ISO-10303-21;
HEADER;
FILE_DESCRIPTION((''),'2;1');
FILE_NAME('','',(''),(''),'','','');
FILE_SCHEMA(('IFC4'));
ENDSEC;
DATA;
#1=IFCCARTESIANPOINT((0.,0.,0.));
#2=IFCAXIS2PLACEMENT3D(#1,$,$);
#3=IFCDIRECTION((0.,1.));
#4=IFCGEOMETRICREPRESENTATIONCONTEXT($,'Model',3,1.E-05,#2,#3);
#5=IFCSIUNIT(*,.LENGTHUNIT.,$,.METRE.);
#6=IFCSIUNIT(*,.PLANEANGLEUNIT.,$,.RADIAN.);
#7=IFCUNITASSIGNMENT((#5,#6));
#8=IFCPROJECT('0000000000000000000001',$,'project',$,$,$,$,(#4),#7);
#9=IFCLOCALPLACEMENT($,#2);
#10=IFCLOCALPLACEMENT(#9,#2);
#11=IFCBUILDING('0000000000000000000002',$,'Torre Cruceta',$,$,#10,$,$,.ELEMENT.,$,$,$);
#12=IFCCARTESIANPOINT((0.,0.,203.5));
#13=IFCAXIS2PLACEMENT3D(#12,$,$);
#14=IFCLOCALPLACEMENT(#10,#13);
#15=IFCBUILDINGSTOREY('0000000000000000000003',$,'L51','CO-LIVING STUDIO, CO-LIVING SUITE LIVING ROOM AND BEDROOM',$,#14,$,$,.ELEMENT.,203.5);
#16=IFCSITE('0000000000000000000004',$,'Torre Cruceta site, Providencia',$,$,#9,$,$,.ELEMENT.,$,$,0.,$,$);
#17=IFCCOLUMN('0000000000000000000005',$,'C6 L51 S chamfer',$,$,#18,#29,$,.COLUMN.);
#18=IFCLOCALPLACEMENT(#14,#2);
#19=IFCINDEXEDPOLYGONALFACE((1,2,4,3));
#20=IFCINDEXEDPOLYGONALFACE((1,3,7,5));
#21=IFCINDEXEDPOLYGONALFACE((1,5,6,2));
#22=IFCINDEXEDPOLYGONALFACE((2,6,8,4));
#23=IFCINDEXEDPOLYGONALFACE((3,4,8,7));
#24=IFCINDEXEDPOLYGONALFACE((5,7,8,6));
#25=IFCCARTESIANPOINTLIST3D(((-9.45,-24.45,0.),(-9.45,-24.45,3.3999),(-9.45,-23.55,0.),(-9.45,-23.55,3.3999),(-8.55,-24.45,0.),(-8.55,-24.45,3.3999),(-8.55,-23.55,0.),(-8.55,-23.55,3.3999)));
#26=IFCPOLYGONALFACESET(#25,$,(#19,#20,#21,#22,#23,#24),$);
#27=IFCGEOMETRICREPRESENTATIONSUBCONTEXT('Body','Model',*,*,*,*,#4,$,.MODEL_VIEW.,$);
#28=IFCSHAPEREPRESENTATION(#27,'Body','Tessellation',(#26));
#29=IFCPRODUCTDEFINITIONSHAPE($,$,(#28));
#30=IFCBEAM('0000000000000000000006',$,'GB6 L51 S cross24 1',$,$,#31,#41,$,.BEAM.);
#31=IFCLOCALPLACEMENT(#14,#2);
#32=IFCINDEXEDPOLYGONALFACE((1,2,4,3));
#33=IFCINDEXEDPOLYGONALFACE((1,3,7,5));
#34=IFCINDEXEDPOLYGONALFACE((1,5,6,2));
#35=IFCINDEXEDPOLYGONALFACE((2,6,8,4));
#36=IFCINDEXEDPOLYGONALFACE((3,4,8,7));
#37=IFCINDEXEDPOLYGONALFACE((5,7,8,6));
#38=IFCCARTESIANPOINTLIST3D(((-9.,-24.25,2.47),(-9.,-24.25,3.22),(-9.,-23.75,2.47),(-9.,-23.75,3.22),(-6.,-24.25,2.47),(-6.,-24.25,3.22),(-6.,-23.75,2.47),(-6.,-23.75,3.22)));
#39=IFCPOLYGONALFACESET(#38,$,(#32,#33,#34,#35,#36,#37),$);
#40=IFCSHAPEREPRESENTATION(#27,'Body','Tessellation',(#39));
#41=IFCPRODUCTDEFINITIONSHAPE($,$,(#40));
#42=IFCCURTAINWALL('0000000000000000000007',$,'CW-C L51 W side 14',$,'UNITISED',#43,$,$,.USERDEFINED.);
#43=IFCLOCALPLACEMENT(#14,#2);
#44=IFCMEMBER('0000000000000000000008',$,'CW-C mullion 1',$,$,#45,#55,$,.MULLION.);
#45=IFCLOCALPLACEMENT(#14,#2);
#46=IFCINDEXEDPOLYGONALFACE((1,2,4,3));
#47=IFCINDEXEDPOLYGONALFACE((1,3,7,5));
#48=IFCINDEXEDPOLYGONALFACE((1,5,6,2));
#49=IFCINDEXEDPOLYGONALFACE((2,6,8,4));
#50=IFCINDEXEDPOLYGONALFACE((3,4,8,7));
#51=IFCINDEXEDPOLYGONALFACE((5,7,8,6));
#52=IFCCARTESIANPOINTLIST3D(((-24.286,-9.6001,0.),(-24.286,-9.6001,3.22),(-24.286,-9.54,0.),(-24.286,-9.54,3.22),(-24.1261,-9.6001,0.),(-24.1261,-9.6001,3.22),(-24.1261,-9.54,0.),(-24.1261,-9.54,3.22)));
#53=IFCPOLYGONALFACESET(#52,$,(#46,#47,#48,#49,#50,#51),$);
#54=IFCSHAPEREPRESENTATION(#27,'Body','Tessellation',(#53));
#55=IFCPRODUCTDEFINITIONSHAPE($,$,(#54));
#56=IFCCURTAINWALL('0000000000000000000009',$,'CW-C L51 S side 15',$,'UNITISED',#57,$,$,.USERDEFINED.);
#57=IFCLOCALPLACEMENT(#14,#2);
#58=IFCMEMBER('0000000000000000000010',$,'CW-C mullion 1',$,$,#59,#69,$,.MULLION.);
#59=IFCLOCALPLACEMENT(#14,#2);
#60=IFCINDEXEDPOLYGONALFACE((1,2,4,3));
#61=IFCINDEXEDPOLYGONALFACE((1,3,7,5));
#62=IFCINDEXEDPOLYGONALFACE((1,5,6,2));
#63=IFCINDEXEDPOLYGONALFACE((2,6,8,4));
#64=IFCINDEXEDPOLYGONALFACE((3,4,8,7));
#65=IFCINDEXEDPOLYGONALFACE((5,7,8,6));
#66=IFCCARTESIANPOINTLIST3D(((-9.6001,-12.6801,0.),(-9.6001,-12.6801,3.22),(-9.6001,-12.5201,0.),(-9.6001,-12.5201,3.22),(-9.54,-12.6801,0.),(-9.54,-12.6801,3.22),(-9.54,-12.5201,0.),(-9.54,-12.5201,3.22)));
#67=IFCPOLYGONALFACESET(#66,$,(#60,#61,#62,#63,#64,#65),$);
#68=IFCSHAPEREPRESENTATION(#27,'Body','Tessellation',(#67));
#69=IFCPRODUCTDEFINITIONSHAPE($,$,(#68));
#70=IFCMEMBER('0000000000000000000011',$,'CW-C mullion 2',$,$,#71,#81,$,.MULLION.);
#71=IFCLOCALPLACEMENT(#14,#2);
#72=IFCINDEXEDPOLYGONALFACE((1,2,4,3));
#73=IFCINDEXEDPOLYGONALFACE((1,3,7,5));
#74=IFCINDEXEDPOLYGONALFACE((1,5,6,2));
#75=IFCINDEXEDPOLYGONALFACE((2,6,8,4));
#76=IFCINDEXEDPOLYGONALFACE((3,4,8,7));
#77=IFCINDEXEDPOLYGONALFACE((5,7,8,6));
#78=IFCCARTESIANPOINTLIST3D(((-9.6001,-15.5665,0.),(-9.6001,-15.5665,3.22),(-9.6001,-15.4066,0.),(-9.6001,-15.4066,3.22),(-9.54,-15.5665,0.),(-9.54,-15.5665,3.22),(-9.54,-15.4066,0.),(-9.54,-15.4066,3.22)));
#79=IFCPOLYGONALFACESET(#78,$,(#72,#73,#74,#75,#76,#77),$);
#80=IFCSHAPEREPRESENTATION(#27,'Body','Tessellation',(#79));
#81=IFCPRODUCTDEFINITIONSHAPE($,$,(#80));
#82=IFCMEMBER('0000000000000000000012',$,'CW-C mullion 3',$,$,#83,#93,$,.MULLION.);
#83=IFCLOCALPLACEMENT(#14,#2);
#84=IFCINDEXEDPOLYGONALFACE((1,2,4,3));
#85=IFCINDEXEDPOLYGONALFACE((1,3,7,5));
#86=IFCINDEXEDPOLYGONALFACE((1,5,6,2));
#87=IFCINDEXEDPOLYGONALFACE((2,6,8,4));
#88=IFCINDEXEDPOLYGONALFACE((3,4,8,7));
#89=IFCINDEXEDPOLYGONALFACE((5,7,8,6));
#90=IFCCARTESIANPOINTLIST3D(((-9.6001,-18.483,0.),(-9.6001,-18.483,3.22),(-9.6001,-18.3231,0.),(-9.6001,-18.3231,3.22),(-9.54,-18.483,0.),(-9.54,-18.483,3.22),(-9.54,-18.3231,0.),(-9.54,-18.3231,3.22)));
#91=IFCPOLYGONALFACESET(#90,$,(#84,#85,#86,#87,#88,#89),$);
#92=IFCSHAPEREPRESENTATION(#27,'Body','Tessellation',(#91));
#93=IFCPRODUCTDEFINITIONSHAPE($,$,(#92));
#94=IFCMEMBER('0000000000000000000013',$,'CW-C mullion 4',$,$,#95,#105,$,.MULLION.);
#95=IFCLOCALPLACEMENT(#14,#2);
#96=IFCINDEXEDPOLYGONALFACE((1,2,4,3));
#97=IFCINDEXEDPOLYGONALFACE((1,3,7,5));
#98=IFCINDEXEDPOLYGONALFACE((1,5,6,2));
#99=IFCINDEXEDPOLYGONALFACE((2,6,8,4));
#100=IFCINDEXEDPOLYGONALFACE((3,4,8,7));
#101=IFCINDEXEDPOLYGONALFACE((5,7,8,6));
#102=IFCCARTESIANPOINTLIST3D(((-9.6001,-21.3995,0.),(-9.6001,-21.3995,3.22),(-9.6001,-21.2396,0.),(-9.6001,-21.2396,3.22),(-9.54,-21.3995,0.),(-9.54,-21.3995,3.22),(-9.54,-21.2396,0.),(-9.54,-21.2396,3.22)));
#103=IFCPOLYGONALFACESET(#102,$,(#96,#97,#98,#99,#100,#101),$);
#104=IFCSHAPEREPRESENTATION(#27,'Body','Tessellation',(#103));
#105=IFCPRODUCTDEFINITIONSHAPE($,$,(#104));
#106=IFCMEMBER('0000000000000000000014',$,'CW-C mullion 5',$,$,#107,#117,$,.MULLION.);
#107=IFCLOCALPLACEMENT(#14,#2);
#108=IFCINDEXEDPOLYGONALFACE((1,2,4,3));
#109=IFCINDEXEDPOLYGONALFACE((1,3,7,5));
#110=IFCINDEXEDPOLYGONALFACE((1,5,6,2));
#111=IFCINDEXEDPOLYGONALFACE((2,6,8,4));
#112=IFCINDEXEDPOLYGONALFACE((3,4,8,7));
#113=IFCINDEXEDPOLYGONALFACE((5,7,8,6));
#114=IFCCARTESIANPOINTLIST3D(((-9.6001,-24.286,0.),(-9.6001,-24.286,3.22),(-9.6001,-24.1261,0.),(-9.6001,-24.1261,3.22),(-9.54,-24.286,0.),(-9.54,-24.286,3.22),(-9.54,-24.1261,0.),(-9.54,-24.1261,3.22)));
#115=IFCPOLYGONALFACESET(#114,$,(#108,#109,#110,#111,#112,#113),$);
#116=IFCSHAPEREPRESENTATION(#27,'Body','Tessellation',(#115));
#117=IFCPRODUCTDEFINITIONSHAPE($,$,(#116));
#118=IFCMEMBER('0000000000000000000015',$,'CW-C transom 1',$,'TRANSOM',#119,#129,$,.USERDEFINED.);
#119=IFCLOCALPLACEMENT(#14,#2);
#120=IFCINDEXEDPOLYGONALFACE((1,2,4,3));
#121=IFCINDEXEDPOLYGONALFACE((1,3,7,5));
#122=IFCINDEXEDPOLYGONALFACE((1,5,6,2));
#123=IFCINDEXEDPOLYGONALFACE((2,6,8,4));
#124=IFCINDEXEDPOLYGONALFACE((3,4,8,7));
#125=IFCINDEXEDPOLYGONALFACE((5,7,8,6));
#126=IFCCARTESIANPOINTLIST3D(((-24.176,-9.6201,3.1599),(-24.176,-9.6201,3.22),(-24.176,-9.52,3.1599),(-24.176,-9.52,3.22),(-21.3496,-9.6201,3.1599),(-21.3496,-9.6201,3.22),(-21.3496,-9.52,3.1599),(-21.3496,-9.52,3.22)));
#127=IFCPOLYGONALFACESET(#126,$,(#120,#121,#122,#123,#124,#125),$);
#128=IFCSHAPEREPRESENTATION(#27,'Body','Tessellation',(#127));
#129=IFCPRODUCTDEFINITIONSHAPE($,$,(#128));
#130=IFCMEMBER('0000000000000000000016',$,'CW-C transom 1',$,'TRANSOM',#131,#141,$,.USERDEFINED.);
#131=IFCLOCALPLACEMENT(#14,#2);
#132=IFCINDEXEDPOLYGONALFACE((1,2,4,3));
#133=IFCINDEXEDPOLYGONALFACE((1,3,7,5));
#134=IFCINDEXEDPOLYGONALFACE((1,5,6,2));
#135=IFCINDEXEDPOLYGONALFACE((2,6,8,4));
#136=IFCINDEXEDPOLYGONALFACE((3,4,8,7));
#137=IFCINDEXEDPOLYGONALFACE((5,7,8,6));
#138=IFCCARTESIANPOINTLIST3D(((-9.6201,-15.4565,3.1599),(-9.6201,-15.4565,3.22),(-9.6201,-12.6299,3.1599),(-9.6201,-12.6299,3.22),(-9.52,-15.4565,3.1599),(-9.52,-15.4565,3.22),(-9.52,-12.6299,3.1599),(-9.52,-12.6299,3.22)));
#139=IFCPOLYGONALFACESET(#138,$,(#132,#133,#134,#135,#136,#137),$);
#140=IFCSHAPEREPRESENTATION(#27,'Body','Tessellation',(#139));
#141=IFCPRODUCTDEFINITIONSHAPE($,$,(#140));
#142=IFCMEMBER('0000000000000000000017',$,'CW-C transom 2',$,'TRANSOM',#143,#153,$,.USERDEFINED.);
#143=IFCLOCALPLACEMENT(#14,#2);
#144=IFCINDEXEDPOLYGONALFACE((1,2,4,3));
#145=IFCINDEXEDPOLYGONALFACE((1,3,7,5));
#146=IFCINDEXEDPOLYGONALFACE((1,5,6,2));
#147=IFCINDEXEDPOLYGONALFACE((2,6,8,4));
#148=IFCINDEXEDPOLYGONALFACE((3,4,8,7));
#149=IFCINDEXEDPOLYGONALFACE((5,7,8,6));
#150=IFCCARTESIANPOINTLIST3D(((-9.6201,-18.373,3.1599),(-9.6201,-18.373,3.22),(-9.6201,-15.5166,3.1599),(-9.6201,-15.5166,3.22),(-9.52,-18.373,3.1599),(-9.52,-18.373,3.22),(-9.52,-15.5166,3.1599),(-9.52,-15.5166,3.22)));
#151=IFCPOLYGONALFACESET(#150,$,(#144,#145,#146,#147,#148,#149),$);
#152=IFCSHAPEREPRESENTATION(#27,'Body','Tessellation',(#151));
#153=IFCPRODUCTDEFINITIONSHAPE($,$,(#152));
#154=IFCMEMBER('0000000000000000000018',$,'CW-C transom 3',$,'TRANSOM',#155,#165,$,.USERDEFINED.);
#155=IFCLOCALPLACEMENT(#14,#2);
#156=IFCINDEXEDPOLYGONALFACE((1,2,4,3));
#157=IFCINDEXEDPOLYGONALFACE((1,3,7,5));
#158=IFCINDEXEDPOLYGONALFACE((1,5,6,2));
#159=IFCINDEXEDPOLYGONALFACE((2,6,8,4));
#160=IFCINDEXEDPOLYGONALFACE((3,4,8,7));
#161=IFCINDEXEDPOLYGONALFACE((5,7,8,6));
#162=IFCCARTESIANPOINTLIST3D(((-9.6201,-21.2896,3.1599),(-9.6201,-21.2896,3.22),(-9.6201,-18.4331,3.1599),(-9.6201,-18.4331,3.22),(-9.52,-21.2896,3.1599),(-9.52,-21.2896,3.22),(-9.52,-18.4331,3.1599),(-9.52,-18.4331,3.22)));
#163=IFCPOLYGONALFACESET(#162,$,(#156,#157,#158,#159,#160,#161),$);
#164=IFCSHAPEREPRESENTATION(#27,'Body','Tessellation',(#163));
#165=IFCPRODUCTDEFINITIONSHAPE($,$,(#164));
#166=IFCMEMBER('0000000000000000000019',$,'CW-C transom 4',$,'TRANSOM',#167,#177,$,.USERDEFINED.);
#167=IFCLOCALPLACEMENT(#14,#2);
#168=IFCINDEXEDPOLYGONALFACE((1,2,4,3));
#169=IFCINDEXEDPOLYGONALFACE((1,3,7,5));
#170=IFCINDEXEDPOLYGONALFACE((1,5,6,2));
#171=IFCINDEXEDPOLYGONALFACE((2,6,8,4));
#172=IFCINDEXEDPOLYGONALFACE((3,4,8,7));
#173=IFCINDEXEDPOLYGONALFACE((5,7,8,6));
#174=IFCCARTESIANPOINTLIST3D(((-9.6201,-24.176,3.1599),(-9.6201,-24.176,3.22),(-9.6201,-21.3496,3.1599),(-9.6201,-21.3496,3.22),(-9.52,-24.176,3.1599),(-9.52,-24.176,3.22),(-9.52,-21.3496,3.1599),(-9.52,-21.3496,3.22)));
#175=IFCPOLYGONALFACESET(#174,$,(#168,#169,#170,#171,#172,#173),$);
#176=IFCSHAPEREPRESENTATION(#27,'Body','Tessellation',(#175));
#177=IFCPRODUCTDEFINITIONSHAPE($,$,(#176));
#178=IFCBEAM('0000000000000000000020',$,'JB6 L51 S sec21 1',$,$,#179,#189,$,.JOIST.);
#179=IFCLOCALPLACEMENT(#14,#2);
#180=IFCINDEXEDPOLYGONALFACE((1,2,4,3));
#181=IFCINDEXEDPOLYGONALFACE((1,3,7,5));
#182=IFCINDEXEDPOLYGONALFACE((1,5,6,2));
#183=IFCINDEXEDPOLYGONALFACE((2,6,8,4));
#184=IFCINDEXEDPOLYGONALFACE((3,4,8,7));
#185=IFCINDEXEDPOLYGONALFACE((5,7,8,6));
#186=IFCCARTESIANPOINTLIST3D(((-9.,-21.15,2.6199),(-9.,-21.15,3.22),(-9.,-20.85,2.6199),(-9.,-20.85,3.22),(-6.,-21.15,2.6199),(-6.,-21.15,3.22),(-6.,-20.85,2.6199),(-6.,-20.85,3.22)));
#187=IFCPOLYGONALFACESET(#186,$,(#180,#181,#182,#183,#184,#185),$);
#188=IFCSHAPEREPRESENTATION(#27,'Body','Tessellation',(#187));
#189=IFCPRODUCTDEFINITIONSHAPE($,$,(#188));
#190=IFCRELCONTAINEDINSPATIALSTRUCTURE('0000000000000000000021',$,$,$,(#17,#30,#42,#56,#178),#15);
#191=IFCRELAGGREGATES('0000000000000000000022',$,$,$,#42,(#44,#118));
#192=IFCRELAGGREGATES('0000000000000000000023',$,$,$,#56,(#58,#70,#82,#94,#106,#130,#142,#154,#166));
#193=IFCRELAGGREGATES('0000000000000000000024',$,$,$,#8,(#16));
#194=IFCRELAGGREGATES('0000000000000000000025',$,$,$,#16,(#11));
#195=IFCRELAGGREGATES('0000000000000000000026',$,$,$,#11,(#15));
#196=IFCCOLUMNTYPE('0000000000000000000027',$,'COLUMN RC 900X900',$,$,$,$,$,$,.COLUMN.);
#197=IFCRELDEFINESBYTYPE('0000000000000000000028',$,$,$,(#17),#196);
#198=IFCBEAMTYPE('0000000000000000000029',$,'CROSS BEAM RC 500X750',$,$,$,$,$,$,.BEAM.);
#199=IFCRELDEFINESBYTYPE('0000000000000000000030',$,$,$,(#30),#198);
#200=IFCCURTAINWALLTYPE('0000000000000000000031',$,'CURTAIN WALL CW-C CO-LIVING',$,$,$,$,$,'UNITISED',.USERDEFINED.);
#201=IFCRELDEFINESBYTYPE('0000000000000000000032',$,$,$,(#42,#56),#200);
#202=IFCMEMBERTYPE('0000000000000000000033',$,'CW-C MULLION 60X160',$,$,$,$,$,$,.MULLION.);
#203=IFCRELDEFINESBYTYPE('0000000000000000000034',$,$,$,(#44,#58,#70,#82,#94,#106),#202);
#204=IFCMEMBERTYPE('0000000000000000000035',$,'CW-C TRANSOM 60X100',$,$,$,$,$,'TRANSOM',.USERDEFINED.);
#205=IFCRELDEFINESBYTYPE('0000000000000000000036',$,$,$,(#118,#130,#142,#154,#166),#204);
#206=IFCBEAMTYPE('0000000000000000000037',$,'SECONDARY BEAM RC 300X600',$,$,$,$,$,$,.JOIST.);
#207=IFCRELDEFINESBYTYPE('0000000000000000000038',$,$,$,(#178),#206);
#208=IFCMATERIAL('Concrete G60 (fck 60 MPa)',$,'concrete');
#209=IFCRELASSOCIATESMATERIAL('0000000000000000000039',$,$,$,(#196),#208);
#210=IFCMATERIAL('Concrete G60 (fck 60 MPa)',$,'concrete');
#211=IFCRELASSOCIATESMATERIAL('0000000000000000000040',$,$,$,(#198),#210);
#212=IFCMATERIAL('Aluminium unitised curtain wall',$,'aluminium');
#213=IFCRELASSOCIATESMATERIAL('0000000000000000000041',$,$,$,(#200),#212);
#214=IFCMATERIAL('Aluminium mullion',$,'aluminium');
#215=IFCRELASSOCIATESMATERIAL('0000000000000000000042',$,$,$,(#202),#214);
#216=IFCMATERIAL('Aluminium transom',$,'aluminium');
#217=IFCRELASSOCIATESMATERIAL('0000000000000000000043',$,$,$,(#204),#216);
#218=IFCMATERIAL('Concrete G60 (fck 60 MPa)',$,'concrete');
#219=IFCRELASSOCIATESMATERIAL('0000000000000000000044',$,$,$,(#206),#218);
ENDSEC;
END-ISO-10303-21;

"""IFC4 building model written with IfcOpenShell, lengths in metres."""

from ifc_helpers import new_model, si_unit, direction, frame, origin, origin_2d, place, context, subcontext, project, spatial, rectangle, extrude, material, material_profile, profile_set, type_object, element, aggregate, save


model = new_model("IFC4")

# Units and contexts
model_context = context("Model", 3, precision=1e-05, world=origin(), true_north=direction((0.0, 1.0)))
body_context = subcontext(model_context, "Body", "Model", "MODEL_VIEW")
ifc_project = project(units=[si_unit("LENGTHUNIT", "METRE"), si_unit("PLANEANGLEUNIT", "RADIAN")], contexts=[model_context])

# Site, building, storey
site_placement = place(None, origin())
site = spatial("IfcSite", under=ifc_project, at=site_placement, Name="Torre Cruceta site, Providencia", CompositionType="ELEMENT", RefElevation=0.0)
building_placement = place(site_placement, origin())
building = spatial("IfcBuilding", under=site, at=building_placement, Name="Torre Cruceta", CompositionType="ELEMENT")
storey_placement = place(building_placement, frame((0.0, 0.0, 203.5)))
storey = spatial("IfcBuildingStorey", under=building, at=storey_placement, Name="L51", Description="CO-LIVING STUDIO, CO-LIVING SUITE LIVING ROOM AND BEDROOM", CompositionType="ELEMENT", Elevation=203.5)

# Column
ifc_material_1 = material(Name="Concrete G60 (fck 60 MPa)", Category="concrete")
ifc_material_profile_1 = material_profile(ifc_material_1, rectangle(XDim=0.8999, YDim=0.8999, at=origin_2d()), Name="RC 900X900")
ifc_profile_set_1 = profile_set([ifc_material_profile_1], Name="Concrete G60 (fck 60 MPa)")
column_type = type_object("IfcColumnType", Name="COLUMN RC 900X900", PredefinedType="COLUMN", material=ifc_profile_set_1)
column_placement = place(storey_placement, frame((-9.0, -24.0, 0.0), z_axis=(0.0, 0.0, 1.0), x_axis=(1.0, 0.0, 0.0)))
element("IfcColumn", 1, at=column_placement, inside=storey, type_object=column_type, Name="C6 L51 S chamfer", PredefinedType="COLUMN", context=body_context, shape_type="SweptSolid", body=[
    extrude(rectangle(XDim=0.8999, YDim=0.8999, at=origin_2d()), origin(), (0.0, 0.0, 1.0), 3.3999),
])

# Beam
ifc_material_2 = material(Name="Concrete G60 (fck 60 MPa)", Category="concrete")
ifc_material_profile_2 = material_profile(ifc_material_2, rectangle(XDim=0.5, YDim=0.75, at=origin_2d()), Name="RC 500X750")
ifc_profile_set_2 = profile_set([ifc_material_profile_2], Name="Concrete G60 (fck 60 MPa)")
beam_type_1 = type_object("IfcBeamType", Name="CROSS BEAM RC 500X750", PredefinedType="BEAM", material=ifc_profile_set_2)
beam_1_placement = place(storey_placement, frame((-9.0, -24.0, 2.845), z_axis=(1.0, 0.0, 0.0), x_axis=(0.0, 1.0, 0.0)))
element("IfcBeam", 2, at=beam_1_placement, inside=storey, type_object=beam_type_1, Name="GB6 L51 S cross24 1", PredefinedType="BEAM", context=body_context, shape_type="SweptSolid", body=[
    extrude(rectangle(XDim=0.5, YDim=0.75, at=origin_2d()), origin(), (0.0, 0.0, 1.0), 3.0),
])

# Curtain wall, member
ifc_material_3 = material(Name="Aluminium unitised curtain wall", Category="aluminium")
curtain_wall_type = type_object("IfcCurtainWallType", Name="CURTAIN WALL CW-C CO-LIVING", ElementType="UNITISED", PredefinedType="USERDEFINED", material=ifc_material_3)
curtain_wall_1_placement = place(storey_placement, origin())
curtain_wall_1 = element("IfcCurtainWall", 3, at=curtain_wall_1_placement, inside=storey, type_object=curtain_wall_type, Name="CW-C L51 W side 14", ObjectType="UNITISED", PredefinedType="USERDEFINED")
ifc_material_4 = material(Name="Aluminium mullion", Category="aluminium")
ifc_material_profile_3 = material_profile(ifc_material_4, rectangle(XDim=0.0601, YDim=0.1599, at=origin_2d()), Name="AL 60X160")
ifc_profile_set_3 = profile_set([ifc_material_profile_3], Name="Aluminium mullion")
member_type_1 = type_object("IfcMemberType", Name="CW-C MULLION 60X160", PredefinedType="MULLION", material=ifc_profile_set_3)
member_1_placement = place(storey_placement, frame((-24.2061, -9.5701, 0.0), z_axis=(0.0, 0.0, 1.0), x_axis=(0.0, 1.0, 0.0)))
member_1 = element("IfcMember", 4, at=member_1_placement, type_object=member_type_1, Name="CW-C mullion 1", PredefinedType="MULLION", context=body_context, shape_type="SweptSolid", body=[
    extrude(rectangle(XDim=0.0601, YDim=0.1599, at=origin_2d()), origin(), (0.0, 0.0, 1.0), 3.22),
])

# Curtain wall, members
curtain_wall_2_placement = place(storey_placement, origin())
curtain_wall_2 = element("IfcCurtainWall", 5, at=curtain_wall_2_placement, inside=storey, type_object=curtain_wall_type, Name="CW-C L51 S side 15", ObjectType="UNITISED", PredefinedType="USERDEFINED")
member_2_placement = place(storey_placement, frame((-9.5701, -12.6001, 0.0), z_axis=(0.0, 0.0, 1.0), x_axis=(1.0, 0.0, 0.0)))
member_2 = element("IfcMember", 6, at=member_2_placement, type_object=member_type_1, Name="CW-C mullion 1", PredefinedType="MULLION", context=body_context, shape_type="SweptSolid", body=[
    extrude(rectangle(XDim=0.0601, YDim=0.1599, at=origin_2d()), origin(), (0.0, 0.0, 1.0), 3.22),
])
member_3_placement = place(storey_placement, frame((-9.5701, -15.4866, 0.0), z_axis=(0.0, 0.0, 1.0), x_axis=(1.0, 0.0, 0.0)))
member_3 = element("IfcMember", 7, at=member_3_placement, type_object=member_type_1, Name="CW-C mullion 2", PredefinedType="MULLION", context=body_context, shape_type="SweptSolid", body=[
    extrude(rectangle(XDim=0.0601, YDim=0.1599, at=origin_2d()), origin(), (0.0, 0.0, 1.0), 3.22),
])
member_4_placement = place(storey_placement, frame((-9.5701, -18.4031, 0.0), z_axis=(0.0, 0.0, 1.0), x_axis=(1.0, 0.0, 0.0)))
member_4 = element("IfcMember", 8, at=member_4_placement, type_object=member_type_1, Name="CW-C mullion 3", PredefinedType="MULLION", context=body_context, shape_type="SweptSolid", body=[
    extrude(rectangle(XDim=0.0601, YDim=0.1599, at=origin_2d()), origin(), (0.0, 0.0, 1.0), 3.22),
])
member_5_placement = place(storey_placement, frame((-9.5701, -21.3196, 0.0), z_axis=(0.0, 0.0, 1.0), x_axis=(1.0, 0.0, 0.0)))
member_5 = element("IfcMember", 9, at=member_5_placement, type_object=member_type_1, Name="CW-C mullion 4", PredefinedType="MULLION", context=body_context, shape_type="SweptSolid", body=[
    extrude(rectangle(XDim=0.0601, YDim=0.1599, at=origin_2d()), origin(), (0.0, 0.0, 1.0), 3.22),
])
member_6_placement = place(storey_placement, frame((-9.5701, -24.2061, 0.0), z_axis=(0.0, 0.0, 1.0), x_axis=(1.0, 0.0, 0.0)))
member_6 = element("IfcMember", 10, at=member_6_placement, type_object=member_type_1, Name="CW-C mullion 5", PredefinedType="MULLION", context=body_context, shape_type="SweptSolid", body=[
    extrude(rectangle(XDim=0.0601, YDim=0.1599, at=origin_2d()), origin(), (0.0, 0.0, 1.0), 3.22),
])

# Members
ifc_material_5 = material(Name="Aluminium transom", Category="aluminium")
ifc_material_profile_4 = material_profile(ifc_material_5, rectangle(XDim=0.1001, YDim=0.0601, at=origin_2d()), Name="AL 100X60")
ifc_profile_set_4 = profile_set([ifc_material_profile_4], Name="Aluminium transom")
member_type_2 = type_object("IfcMemberType", Name="CW-C TRANSOM 60X100", ElementType="TRANSOM", PredefinedType="USERDEFINED", material=ifc_profile_set_4)
member_7_placement = place(storey_placement, frame((-24.176, -9.5701, 3.1899), z_axis=(1.0, 0.0, 0.0), x_axis=(0.0, 1.0, 0.0)))
member_7 = element("IfcMember", 11, at=member_7_placement, type_object=member_type_2, Name="CW-C transom 1", ObjectType="TRANSOM", PredefinedType="USERDEFINED", context=body_context, shape_type="SweptSolid", body=[
    extrude(rectangle(XDim=0.1001, YDim=0.0601, at=origin_2d()), origin(), (0.0, 0.0, 1.0), 2.8264),
])
aggregate(curtain_wall_1, [member_1, member_7])
member_8_placement = place(storey_placement, frame((-9.5701, -12.6299, 3.1899), z_axis=(0.0, -1.0, 0.0), x_axis=(1.0, 0.0, 0.0)))
member_8 = element("IfcMember", 12, at=member_8_placement, type_object=member_type_2, Name="CW-C transom 1", ObjectType="TRANSOM", PredefinedType="USERDEFINED", context=body_context, shape_type="SweptSolid", body=[
    extrude(rectangle(XDim=0.1001, YDim=0.0601, at=origin_2d()), origin(), (0.0, 0.0, 1.0), 2.8267),
])
member_9_placement = place(storey_placement, frame((-9.5701, -15.5166, 3.1899), z_axis=(0.0, -1.0, 0.0), x_axis=(1.0, 0.0, 0.0)))
member_9 = element("IfcMember", 13, at=member_9_placement, type_object=member_type_2, Name="CW-C transom 2", ObjectType="TRANSOM", PredefinedType="USERDEFINED", context=body_context, shape_type="SweptSolid", body=[
    extrude(rectangle(XDim=0.1001, YDim=0.0601, at=origin_2d()), origin(), (0.0, 0.0, 1.0), 2.8564),
])
member_10_placement = place(storey_placement, frame((-9.5701, -18.4331, 3.1899), z_axis=(0.0, -1.0, 0.0), x_axis=(1.0, 0.0, 0.0)))
member_10 = element("IfcMember", 14, at=member_10_placement, type_object=member_type_2, Name="CW-C transom 3", ObjectType="TRANSOM", PredefinedType="USERDEFINED", context=body_context, shape_type="SweptSolid", body=[
    extrude(rectangle(XDim=0.1001, YDim=0.0601, at=origin_2d()), origin(), (0.0, 0.0, 1.0), 2.8564),
])
member_11_placement = place(storey_placement, frame((-9.5701, -21.3496, 3.1899), z_axis=(0.0, -1.0, 0.0), x_axis=(1.0, 0.0, 0.0)))
member_11 = element("IfcMember", 15, at=member_11_placement, type_object=member_type_2, Name="CW-C transom 4", ObjectType="TRANSOM", PredefinedType="USERDEFINED", context=body_context, shape_type="SweptSolid", body=[
    extrude(rectangle(XDim=0.1001, YDim=0.0601, at=origin_2d()), origin(), (0.0, 0.0, 1.0), 2.8264),
])

# Beam
ifc_material_6 = material(Name="Concrete G60 (fck 60 MPa)", Category="concrete")
ifc_material_profile_5 = material_profile(ifc_material_6, rectangle(XDim=0.3, YDim=0.6001, at=origin_2d()), Name="RC 300X600")
ifc_profile_set_5 = profile_set([ifc_material_profile_5], Name="Concrete G60 (fck 60 MPa)")
beam_type_2 = type_object("IfcBeamType", Name="SECONDARY BEAM RC 300X600", PredefinedType="JOIST", material=ifc_profile_set_5)
beam_2_placement = place(storey_placement, frame((-9.0, -21.0, 2.9199), z_axis=(1.0, 0.0, 0.0), x_axis=(0.0, 1.0, 0.0)))
element("IfcBeam", 16, at=beam_2_placement, inside=storey, type_object=beam_type_2, Name="JB6 L51 S sec21 1", PredefinedType="JOIST", context=body_context, shape_type="SweptSolid", body=[
    extrude(rectangle(XDim=0.3, YDim=0.6001, at=origin_2d()), origin(), (0.0, 0.0, 1.0), 3.0),
])

aggregate(curtain_wall_2, [member_2, member_3, member_4, member_5, member_6, member_8, member_9, member_10, member_11])

save(model, "model.ifc")
